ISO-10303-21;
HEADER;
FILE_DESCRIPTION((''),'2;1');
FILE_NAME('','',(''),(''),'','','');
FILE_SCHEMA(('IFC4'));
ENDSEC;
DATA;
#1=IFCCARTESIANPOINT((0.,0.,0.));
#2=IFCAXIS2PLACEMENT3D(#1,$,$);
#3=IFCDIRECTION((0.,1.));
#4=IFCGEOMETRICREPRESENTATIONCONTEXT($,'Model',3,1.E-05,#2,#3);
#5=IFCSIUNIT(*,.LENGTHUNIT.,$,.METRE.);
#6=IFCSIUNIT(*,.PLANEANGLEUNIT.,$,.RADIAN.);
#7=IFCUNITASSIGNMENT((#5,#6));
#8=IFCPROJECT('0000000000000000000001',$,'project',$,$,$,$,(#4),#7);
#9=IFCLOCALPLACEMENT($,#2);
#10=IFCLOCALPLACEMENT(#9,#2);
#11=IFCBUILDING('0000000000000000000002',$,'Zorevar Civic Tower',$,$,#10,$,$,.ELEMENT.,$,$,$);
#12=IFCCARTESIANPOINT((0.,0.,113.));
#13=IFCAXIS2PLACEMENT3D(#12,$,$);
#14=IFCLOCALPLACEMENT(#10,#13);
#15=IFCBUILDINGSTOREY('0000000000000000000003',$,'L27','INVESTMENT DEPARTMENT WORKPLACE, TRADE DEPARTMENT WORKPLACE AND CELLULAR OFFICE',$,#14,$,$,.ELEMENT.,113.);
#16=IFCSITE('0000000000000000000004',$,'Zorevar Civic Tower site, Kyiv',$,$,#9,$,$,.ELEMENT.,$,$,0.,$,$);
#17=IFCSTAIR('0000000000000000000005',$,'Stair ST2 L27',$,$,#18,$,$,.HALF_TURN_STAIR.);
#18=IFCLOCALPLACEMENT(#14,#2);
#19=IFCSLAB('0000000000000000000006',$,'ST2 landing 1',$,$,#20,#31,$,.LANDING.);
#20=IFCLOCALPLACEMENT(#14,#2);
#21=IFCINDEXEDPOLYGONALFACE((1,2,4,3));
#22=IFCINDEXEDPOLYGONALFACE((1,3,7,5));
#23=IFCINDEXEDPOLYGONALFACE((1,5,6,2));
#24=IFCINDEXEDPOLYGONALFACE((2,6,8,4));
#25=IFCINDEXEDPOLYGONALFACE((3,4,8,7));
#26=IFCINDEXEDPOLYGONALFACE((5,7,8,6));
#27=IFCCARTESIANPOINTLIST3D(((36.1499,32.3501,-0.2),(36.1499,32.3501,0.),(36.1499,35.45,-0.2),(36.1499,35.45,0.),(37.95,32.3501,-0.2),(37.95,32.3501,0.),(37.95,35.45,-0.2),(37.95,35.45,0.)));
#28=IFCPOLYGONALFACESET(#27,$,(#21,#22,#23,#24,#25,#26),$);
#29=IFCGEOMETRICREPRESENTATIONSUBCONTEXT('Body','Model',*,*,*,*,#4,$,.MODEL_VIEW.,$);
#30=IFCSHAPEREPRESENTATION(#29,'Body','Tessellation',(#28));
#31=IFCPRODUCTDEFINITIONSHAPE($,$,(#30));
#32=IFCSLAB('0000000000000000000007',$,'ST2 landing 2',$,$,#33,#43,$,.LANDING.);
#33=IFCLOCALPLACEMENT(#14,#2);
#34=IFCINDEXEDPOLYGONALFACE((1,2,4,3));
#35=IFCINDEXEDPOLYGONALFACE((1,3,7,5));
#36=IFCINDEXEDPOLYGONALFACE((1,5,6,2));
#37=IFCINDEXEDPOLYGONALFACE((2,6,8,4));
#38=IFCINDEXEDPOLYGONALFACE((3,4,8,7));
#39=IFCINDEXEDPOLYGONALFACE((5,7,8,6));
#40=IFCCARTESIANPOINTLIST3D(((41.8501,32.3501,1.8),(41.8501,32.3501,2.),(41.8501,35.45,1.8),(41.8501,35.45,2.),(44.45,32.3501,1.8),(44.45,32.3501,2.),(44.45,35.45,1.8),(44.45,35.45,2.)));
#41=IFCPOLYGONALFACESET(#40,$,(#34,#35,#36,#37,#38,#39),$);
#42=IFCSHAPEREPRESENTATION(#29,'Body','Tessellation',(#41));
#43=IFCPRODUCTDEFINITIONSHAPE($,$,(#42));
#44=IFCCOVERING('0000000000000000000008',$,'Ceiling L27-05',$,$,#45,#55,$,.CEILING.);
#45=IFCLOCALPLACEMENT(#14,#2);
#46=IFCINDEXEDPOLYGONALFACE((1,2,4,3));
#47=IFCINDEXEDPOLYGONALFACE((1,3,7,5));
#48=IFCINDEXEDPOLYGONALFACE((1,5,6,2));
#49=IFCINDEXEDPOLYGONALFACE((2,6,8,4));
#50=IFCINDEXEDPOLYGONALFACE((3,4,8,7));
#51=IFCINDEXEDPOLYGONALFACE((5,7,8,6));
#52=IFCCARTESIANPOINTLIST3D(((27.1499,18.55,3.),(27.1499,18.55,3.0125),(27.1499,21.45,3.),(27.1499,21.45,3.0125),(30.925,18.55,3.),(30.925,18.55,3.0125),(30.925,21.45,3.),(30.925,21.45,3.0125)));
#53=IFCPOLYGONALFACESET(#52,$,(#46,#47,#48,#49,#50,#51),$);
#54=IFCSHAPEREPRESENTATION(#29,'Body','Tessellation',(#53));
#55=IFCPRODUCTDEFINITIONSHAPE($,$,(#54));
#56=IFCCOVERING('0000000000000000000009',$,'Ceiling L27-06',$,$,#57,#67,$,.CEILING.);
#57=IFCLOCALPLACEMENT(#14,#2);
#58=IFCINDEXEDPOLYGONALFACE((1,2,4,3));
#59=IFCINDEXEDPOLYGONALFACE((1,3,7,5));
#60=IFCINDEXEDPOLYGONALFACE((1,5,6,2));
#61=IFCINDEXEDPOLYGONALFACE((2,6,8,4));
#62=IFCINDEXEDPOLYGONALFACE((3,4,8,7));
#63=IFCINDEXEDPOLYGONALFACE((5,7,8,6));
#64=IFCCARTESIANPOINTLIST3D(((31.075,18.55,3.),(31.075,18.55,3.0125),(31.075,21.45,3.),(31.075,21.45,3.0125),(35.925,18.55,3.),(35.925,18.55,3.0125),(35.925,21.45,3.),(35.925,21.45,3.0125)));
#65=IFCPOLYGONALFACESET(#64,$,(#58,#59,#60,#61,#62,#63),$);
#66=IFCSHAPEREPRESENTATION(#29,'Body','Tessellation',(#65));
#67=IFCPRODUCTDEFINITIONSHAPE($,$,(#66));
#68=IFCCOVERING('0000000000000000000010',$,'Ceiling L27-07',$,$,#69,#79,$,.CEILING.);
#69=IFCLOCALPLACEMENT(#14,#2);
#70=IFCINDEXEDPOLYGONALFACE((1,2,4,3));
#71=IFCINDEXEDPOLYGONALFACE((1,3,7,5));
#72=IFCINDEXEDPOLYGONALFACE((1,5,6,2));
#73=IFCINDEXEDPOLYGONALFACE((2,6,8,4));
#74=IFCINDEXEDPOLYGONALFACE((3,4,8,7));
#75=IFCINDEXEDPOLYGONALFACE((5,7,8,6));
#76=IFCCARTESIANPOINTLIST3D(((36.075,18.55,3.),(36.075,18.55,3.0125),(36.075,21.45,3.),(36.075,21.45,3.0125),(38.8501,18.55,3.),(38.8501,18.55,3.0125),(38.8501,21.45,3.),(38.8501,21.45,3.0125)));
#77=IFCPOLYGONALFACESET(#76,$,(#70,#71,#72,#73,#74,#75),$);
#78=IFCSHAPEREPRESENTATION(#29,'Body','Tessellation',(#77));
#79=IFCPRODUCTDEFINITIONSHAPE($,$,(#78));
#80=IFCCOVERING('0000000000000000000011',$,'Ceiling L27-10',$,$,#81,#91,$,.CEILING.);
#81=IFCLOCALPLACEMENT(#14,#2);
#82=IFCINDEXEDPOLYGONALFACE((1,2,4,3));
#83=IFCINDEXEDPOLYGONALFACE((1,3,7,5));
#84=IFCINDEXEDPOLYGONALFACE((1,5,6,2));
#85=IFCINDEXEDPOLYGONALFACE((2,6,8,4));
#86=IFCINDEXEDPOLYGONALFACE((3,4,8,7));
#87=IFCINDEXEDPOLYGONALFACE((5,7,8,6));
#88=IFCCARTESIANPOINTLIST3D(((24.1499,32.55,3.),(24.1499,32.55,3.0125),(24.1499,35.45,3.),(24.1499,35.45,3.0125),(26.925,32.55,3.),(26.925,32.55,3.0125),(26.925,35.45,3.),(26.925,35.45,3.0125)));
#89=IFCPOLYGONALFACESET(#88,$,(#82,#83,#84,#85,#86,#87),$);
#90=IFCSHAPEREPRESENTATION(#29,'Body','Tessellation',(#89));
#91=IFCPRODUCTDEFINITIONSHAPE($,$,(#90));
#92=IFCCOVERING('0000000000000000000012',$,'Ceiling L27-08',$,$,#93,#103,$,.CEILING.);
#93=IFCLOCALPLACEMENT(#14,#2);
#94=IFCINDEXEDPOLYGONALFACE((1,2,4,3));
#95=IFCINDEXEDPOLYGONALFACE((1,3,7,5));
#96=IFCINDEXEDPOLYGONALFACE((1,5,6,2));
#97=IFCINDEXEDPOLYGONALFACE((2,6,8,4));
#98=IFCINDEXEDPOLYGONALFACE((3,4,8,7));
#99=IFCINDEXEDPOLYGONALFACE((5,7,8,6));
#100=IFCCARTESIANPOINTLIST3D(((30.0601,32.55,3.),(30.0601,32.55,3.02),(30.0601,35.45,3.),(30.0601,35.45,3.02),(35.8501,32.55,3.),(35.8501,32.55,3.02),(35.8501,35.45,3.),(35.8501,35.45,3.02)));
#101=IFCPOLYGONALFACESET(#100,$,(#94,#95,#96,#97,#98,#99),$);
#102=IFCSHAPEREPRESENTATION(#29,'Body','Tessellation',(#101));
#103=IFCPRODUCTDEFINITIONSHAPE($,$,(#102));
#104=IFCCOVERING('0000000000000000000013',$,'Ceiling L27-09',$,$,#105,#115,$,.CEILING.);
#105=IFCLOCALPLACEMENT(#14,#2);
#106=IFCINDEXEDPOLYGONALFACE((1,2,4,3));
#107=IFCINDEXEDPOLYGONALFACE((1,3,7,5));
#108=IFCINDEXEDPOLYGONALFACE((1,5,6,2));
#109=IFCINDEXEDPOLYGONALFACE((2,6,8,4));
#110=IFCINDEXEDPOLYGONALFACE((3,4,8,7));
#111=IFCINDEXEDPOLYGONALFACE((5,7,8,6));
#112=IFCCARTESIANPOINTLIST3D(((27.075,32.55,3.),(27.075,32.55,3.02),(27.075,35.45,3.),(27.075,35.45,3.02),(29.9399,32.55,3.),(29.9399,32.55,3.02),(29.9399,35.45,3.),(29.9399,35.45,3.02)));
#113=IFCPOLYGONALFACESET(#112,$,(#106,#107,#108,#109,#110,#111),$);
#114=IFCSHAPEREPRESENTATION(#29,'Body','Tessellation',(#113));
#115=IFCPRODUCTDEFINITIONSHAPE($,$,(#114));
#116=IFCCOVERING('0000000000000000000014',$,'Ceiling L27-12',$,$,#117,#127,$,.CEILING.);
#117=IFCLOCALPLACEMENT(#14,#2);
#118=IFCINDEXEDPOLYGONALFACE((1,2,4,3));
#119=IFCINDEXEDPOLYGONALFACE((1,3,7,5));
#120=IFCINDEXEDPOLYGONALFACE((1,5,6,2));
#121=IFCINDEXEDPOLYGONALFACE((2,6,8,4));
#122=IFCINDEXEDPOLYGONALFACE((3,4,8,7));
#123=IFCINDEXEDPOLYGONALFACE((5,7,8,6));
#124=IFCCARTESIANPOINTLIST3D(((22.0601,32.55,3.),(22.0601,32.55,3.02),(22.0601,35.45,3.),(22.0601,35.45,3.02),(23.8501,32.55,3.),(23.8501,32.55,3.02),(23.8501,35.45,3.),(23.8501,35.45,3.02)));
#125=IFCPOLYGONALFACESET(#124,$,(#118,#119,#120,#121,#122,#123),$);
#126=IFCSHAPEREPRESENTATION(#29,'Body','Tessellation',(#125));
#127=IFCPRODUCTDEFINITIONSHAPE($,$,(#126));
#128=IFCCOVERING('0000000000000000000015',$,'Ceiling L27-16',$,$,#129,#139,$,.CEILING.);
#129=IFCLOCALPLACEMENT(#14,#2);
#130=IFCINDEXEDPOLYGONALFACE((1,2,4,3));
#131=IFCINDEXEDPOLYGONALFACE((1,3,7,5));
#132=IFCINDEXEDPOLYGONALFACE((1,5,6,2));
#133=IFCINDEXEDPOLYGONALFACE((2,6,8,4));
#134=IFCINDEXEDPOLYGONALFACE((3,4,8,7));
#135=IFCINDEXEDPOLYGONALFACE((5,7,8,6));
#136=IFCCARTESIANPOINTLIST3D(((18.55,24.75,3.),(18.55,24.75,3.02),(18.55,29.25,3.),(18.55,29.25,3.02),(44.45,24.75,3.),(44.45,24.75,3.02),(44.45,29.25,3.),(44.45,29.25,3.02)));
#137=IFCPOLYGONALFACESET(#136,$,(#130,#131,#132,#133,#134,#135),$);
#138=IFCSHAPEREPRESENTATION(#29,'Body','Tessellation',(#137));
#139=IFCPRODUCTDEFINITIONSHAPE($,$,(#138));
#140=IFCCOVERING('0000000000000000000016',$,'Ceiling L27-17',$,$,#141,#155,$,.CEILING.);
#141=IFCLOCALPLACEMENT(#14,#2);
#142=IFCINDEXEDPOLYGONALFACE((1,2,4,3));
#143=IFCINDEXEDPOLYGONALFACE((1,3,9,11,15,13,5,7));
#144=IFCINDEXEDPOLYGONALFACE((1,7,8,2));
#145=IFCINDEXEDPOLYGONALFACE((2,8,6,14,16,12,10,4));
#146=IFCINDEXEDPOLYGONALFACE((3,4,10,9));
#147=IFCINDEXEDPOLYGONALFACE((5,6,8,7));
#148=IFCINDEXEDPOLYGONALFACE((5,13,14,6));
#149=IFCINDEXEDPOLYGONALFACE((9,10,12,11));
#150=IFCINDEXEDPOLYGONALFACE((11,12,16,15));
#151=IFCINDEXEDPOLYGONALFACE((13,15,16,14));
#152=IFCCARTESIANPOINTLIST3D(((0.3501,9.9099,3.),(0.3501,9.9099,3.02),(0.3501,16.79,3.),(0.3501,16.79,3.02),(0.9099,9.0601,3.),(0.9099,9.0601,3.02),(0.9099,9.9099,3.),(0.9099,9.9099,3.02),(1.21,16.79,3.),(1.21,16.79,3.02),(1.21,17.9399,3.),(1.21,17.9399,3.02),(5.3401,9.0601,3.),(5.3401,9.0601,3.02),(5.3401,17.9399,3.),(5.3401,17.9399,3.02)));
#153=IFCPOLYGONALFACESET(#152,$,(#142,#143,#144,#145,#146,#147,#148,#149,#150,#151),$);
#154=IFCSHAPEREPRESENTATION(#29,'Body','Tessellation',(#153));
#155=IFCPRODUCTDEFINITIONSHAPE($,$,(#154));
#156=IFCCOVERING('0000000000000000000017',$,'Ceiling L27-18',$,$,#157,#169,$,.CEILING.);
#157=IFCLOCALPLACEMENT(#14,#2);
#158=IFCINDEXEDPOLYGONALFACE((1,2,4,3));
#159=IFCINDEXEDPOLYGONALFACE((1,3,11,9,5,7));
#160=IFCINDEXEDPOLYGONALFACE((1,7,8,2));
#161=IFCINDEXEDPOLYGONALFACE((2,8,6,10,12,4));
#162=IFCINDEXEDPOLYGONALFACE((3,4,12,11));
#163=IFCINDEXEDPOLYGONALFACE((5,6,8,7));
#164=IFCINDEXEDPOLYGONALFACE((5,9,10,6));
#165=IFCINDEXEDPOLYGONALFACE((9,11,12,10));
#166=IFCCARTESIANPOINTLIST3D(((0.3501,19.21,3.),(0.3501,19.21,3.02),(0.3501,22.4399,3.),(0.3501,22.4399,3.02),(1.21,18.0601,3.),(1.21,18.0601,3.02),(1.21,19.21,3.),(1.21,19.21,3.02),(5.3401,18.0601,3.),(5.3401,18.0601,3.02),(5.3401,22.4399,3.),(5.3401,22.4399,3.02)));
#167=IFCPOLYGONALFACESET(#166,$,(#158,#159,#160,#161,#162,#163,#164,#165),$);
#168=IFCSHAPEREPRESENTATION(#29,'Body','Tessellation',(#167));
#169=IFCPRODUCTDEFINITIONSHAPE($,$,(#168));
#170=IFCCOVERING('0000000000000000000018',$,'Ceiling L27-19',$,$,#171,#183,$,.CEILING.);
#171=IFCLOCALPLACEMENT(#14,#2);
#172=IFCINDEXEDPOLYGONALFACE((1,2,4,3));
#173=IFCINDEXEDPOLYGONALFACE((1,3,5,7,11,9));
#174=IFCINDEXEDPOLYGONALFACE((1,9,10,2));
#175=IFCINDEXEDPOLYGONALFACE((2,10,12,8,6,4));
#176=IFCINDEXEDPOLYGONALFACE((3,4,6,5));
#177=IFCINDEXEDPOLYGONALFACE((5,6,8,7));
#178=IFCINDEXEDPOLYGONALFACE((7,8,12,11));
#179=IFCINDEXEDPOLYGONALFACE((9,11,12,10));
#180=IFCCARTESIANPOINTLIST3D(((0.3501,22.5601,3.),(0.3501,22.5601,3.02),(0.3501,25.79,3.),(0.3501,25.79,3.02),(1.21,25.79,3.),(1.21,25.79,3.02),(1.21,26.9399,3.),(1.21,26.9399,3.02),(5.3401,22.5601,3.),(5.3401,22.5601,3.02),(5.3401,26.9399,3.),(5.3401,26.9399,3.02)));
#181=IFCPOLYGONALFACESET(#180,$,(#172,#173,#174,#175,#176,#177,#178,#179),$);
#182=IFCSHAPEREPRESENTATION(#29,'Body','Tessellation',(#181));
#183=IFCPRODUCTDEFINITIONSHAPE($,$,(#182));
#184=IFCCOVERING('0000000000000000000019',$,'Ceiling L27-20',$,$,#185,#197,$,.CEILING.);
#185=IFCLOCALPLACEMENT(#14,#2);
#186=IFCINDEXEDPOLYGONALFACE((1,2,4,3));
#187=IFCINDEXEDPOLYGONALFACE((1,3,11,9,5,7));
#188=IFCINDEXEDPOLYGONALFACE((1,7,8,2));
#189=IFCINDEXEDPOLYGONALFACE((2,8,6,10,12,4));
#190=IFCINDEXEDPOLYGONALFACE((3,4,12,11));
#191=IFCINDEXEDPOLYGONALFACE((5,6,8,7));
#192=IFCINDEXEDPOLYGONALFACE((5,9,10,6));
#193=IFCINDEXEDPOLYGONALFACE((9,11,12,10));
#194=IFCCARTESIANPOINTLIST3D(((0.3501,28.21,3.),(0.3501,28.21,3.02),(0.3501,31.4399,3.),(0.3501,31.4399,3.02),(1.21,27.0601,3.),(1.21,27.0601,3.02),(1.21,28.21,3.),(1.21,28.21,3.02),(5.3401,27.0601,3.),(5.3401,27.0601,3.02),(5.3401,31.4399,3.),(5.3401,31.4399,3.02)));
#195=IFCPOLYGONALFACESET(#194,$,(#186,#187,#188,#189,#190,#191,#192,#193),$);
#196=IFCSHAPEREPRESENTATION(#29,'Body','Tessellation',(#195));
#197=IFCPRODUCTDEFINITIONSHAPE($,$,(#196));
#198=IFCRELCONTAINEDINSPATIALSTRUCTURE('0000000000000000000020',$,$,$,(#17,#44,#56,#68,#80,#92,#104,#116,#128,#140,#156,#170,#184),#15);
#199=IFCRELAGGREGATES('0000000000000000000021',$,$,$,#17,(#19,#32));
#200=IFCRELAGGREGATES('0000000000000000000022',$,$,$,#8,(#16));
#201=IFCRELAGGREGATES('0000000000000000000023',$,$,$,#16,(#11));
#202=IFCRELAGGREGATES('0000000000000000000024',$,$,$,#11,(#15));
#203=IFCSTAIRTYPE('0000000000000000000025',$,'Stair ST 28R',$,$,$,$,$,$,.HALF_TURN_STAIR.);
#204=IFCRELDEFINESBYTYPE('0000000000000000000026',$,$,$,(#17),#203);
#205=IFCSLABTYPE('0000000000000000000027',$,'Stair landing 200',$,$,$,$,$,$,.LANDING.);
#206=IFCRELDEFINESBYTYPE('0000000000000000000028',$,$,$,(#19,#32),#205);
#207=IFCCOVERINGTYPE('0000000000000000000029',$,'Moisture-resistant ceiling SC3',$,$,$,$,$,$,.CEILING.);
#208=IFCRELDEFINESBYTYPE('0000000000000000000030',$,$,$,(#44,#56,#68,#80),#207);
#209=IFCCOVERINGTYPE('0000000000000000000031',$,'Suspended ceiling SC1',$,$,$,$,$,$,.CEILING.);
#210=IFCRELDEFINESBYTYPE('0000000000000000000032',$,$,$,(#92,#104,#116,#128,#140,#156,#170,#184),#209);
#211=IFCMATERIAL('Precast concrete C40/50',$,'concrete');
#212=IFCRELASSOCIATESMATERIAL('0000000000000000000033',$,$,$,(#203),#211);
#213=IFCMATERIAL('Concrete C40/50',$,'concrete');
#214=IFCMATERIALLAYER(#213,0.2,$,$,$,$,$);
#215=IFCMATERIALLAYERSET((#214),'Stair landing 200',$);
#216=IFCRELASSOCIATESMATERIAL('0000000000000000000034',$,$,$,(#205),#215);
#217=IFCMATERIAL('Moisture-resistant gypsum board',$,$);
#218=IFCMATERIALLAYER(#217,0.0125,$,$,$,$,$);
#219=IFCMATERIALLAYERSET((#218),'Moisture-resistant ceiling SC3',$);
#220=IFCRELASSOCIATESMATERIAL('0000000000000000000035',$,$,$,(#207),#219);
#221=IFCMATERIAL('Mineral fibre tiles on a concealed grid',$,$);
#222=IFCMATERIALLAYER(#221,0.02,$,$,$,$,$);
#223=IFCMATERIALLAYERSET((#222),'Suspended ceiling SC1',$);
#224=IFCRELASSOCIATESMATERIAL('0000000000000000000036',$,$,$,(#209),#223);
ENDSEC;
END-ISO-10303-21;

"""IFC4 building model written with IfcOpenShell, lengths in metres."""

from ifc_helpers import new_model, si_unit, direction, frame, origin, place, context, subcontext, project, spatial, polyline, outline, extrude, material, layer, layer_set, type_object, element, aggregate, save


model = new_model("IFC4")

# Units and contexts
model_context = context("Model", 3, precision=1e-05, world=origin(), true_north=direction((0.0, 1.0)))
body_context = subcontext(model_context, "Body", "Model", "MODEL_VIEW")
ifc_project = project(units=[si_unit("LENGTHUNIT", "METRE"), si_unit("PLANEANGLEUNIT", "RADIAN")], contexts=[model_context])

# Site, building, storey
site_placement = place(None, origin())
site = spatial("IfcSite", under=ifc_project, at=site_placement, Name="Zorevar Civic Tower site, Kyiv", CompositionType="ELEMENT", RefElevation=0.0)
building_placement = place(site_placement, origin())
building = spatial("IfcBuilding", under=site, at=building_placement, Name="Zorevar Civic Tower", CompositionType="ELEMENT")
storey_placement = place(building_placement, frame((0.0, 0.0, 113.0)))
storey = spatial("IfcBuildingStorey", under=building, at=storey_placement, Name="L27", Description="INVESTMENT DEPARTMENT WORKPLACE, TRADE DEPARTMENT WORKPLACE AND CELLULAR OFFICE", CompositionType="ELEMENT", Elevation=113.0)

# Stair, slabs
ifc_material_1 = material(Name="Precast concrete C40/50", Category="concrete")
stair_type = type_object("IfcStairType", Name="Stair ST 28R", PredefinedType="HALF_TURN_STAIR", material=ifc_material_1)
ifc_material_2 = material(Name="Concrete C40/50", Category="concrete")
ifc_layer_1 = layer(ifc_material_2, 0.2)
ifc_layer_set_1 = layer_set([ifc_layer_1], Name="Stair landing 200")
slab_type_1 = type_object("IfcSlabType", Name="Stair landing 200", PredefinedType="LANDING", material=ifc_layer_set_1)
stair_1_placement = place(storey_placement, origin())
stair_1 = element("IfcStair", 1, at=stair_1_placement, inside=storey, type_object=stair_type, Name="Stair ST2 L27", PredefinedType="HALF_TURN_STAIR")
slab_1_placement = place(storey_placement, frame((0.0, 0.0, -0.2)))
slab_1 = element("IfcSlab", 2, at=slab_1_placement, type_object=slab_type_1, Name="ST2 landing 1", PredefinedType="LANDING", context=body_context, shape_type="SweptSolid", body=[
    extrude(outline(polyline([(37.95, 32.3501), (36.1499, 32.3501), (36.1499, 35.45), (37.95, 35.45), (37.95, 32.3501)])), origin(), (0.0, 0.0, 1.0), 0.2),
])
slab_2_placement = place(storey_placement, frame((0.0, 0.0, 1.8)))
slab_2 = element("IfcSlab", 3, at=slab_2_placement, type_object=slab_type_1, Name="ST2 landing 2", PredefinedType="LANDING", context=body_context, shape_type="SweptSolid", body=[
    extrude(outline(polyline([(44.45, 32.3501), (41.8501, 32.3501), (41.8501, 35.45), (44.45, 35.45), (44.45, 32.3501)])), origin(), (0.0, 0.0, 1.0), 0.2),
])
aggregate(stair_1, [slab_1, slab_2])

# Coverings
ifc_material_3 = material(Name="Moisture-resistant gypsum board")
ifc_layer_2 = layer(ifc_material_3, 0.0125)
ifc_layer_set_2 = layer_set([ifc_layer_2], Name="Moisture-resistant ceiling SC3")
covering_type_1 = type_object("IfcCoveringType", Name="Moisture-resistant ceiling SC3", PredefinedType="CEILING", material=ifc_layer_set_2)
covering_1_placement = place(storey_placement, frame((0.0, 0.0, 3.0)))
element("IfcCovering", 4, at=covering_1_placement, inside=storey, type_object=covering_type_1, Name="Ceiling L27-05", PredefinedType="CEILING", context=body_context, shape_type="SweptSolid", body=[
    extrude(outline(polyline([(30.925, 18.55), (30.925, 21.45), (27.1499, 21.45), (27.1499, 18.55), (30.925, 18.55)])), origin(), (0.0, 0.0, 1.0), 0.0125),
])
covering_2_placement = place(storey_placement, frame((0.0, 0.0, 3.0)))
element("IfcCovering", 5, at=covering_2_placement, inside=storey, type_object=covering_type_1, Name="Ceiling L27-06", PredefinedType="CEILING", context=body_context, shape_type="SweptSolid", body=[
    extrude(outline(polyline([(35.925, 18.55), (35.925, 21.45), (31.075, 21.45), (31.075, 18.55), (35.925, 18.55)])), origin(), (0.0, 0.0, 1.0), 0.0125),
])
covering_3_placement = place(storey_placement, frame((0.0, 0.0, 3.0)))
element("IfcCovering", 6, at=covering_3_placement, inside=storey, type_object=covering_type_1, Name="Ceiling L27-07", PredefinedType="CEILING", context=body_context, shape_type="SweptSolid", body=[
    extrude(outline(polyline([(38.8501, 18.55), (38.8501, 21.45), (36.075, 21.45), (36.075, 18.55), (38.8501, 18.55)])), origin(), (0.0, 0.0, 1.0), 0.0125),
])
covering_4_placement = place(storey_placement, frame((0.0, 0.0, 3.0)))
element("IfcCovering", 7, at=covering_4_placement, inside=storey, type_object=covering_type_1, Name="Ceiling L27-10", PredefinedType="CEILING", context=body_context, shape_type="SweptSolid", body=[
    extrude(outline(polyline([(26.925, 32.55), (26.925, 35.45), (24.1499, 35.45), (24.1499, 32.55), (26.925, 32.55)])), origin(), (0.0, 0.0, 1.0), 0.0125),
])
ifc_material_4 = material(Name="Mineral fibre tiles on a concealed grid")
ifc_layer_3 = layer(ifc_material_4, 0.02)
ifc_layer_set_3 = layer_set([ifc_layer_3], Name="Suspended ceiling SC1")
covering_type_2 = type_object("IfcCoveringType", Name="Suspended ceiling SC1", PredefinedType="CEILING", material=ifc_layer_set_3)
covering_5_placement = place(storey_placement, frame((0.0, 0.0, 3.0)))
element("IfcCovering", 8, at=covering_5_placement, inside=storey, type_object=covering_type_2, Name="Ceiling L27-08", PredefinedType="CEILING", context=body_context, shape_type="SweptSolid", body=[
    extrude(outline(polyline([(35.8501, 32.55), (35.8501, 35.45), (30.0601, 35.45), (30.0601, 32.55), (35.8501, 32.55)])), origin(), (0.0, 0.0, 1.0), 0.02),
])
covering_6_placement = place(storey_placement, frame((0.0, 0.0, 3.0)))
element("IfcCovering", 9, at=covering_6_placement, inside=storey, type_object=covering_type_2, Name="Ceiling L27-09", PredefinedType="CEILING", context=body_context, shape_type="SweptSolid", body=[
    extrude(outline(polyline([(29.9399, 32.55), (29.9399, 35.45), (27.075, 35.45), (27.075, 32.55), (29.9399, 32.55)])), origin(), (0.0, 0.0, 1.0), 0.02),
])
covering_7_placement = place(storey_placement, frame((0.0, 0.0, 3.0)))
element("IfcCovering", 10, at=covering_7_placement, inside=storey, type_object=covering_type_2, Name="Ceiling L27-12", PredefinedType="CEILING", context=body_context, shape_type="SweptSolid", body=[
    extrude(outline(polyline([(23.8501, 32.55), (23.8501, 35.45), (22.0601, 35.45), (22.0601, 32.55), (23.8501, 32.55)])), origin(), (0.0, 0.0, 1.0), 0.02),
])
covering_8_placement = place(storey_placement, frame((0.0, 0.0, 3.0)))
element("IfcCovering", 11, at=covering_8_placement, inside=storey, type_object=covering_type_2, Name="Ceiling L27-16", PredefinedType="CEILING", context=body_context, shape_type="SweptSolid", body=[
    extrude(outline(polyline([(44.45, 24.75), (44.45, 29.25), (18.55, 29.25), (18.55, 24.75), (44.45, 24.75)])), origin(), (0.0, 0.0, 1.0), 0.02),
])
covering_9_placement = place(storey_placement, frame((0.0, 0.0, 3.0)))
element("IfcCovering", 12, at=covering_9_placement, inside=storey, type_object=covering_type_2, Name="Ceiling L27-17", PredefinedType="CEILING", context=body_context, shape_type="SweptSolid", body=[
    extrude(outline(polyline([(0.9099, 9.9099), (0.3501, 9.9099), (0.3501, 16.79), (1.21, 16.79), (1.21, 17.9399), (5.3401, 17.9399), (5.3401, 9.0601), (0.9099, 9.0601), (0.9099, 9.9099)])), origin(), (0.0, 0.0, 1.0), 0.02),
])
covering_10_placement = place(storey_placement, frame((0.0, 0.0, 3.0)))
element("IfcCovering", 13, at=covering_10_placement, inside=storey, type_object=covering_type_2, Name="Ceiling L27-18", PredefinedType="CEILING", context=body_context, shape_type="SweptSolid", body=[
    extrude(outline(polyline([(5.3401, 18.0601), (1.21, 18.0601), (1.21, 19.21), (0.3501, 19.21), (0.3501, 22.4399), (5.3401, 22.4399), (5.3401, 18.0601)])), origin(), (0.0, 0.0, 1.0), 0.02),
])
covering_11_placement = place(storey_placement, frame((0.0, 0.0, 3.0)))
element("IfcCovering", 14, at=covering_11_placement, inside=storey, type_object=covering_type_2, Name="Ceiling L27-19", PredefinedType="CEILING", context=body_context, shape_type="SweptSolid", body=[
    extrude(outline(polyline([(5.3401, 22.5601), (0.3501, 22.5601), (0.3501, 25.79), (1.21, 25.79), (1.21, 26.9399), (5.3401, 26.9399), (5.3401, 22.5601)])), origin(), (0.0, 0.0, 1.0), 0.02),
])
covering_12_placement = place(storey_placement, frame((0.0, 0.0, 3.0)))
element("IfcCovering", 15, at=covering_12_placement, inside=storey, type_object=covering_type_2, Name="Ceiling L27-20", PredefinedType="CEILING", context=body_context, shape_type="SweptSolid", body=[
    extrude(outline(polyline([(5.3401, 27.0601), (1.21, 27.0601), (1.21, 28.21), (0.3501, 28.21), (0.3501, 31.4399), (5.3401, 31.4399), (5.3401, 27.0601)])), origin(), (0.0, 0.0, 1.0), 0.02),
])

save(model, "model.ifc")
